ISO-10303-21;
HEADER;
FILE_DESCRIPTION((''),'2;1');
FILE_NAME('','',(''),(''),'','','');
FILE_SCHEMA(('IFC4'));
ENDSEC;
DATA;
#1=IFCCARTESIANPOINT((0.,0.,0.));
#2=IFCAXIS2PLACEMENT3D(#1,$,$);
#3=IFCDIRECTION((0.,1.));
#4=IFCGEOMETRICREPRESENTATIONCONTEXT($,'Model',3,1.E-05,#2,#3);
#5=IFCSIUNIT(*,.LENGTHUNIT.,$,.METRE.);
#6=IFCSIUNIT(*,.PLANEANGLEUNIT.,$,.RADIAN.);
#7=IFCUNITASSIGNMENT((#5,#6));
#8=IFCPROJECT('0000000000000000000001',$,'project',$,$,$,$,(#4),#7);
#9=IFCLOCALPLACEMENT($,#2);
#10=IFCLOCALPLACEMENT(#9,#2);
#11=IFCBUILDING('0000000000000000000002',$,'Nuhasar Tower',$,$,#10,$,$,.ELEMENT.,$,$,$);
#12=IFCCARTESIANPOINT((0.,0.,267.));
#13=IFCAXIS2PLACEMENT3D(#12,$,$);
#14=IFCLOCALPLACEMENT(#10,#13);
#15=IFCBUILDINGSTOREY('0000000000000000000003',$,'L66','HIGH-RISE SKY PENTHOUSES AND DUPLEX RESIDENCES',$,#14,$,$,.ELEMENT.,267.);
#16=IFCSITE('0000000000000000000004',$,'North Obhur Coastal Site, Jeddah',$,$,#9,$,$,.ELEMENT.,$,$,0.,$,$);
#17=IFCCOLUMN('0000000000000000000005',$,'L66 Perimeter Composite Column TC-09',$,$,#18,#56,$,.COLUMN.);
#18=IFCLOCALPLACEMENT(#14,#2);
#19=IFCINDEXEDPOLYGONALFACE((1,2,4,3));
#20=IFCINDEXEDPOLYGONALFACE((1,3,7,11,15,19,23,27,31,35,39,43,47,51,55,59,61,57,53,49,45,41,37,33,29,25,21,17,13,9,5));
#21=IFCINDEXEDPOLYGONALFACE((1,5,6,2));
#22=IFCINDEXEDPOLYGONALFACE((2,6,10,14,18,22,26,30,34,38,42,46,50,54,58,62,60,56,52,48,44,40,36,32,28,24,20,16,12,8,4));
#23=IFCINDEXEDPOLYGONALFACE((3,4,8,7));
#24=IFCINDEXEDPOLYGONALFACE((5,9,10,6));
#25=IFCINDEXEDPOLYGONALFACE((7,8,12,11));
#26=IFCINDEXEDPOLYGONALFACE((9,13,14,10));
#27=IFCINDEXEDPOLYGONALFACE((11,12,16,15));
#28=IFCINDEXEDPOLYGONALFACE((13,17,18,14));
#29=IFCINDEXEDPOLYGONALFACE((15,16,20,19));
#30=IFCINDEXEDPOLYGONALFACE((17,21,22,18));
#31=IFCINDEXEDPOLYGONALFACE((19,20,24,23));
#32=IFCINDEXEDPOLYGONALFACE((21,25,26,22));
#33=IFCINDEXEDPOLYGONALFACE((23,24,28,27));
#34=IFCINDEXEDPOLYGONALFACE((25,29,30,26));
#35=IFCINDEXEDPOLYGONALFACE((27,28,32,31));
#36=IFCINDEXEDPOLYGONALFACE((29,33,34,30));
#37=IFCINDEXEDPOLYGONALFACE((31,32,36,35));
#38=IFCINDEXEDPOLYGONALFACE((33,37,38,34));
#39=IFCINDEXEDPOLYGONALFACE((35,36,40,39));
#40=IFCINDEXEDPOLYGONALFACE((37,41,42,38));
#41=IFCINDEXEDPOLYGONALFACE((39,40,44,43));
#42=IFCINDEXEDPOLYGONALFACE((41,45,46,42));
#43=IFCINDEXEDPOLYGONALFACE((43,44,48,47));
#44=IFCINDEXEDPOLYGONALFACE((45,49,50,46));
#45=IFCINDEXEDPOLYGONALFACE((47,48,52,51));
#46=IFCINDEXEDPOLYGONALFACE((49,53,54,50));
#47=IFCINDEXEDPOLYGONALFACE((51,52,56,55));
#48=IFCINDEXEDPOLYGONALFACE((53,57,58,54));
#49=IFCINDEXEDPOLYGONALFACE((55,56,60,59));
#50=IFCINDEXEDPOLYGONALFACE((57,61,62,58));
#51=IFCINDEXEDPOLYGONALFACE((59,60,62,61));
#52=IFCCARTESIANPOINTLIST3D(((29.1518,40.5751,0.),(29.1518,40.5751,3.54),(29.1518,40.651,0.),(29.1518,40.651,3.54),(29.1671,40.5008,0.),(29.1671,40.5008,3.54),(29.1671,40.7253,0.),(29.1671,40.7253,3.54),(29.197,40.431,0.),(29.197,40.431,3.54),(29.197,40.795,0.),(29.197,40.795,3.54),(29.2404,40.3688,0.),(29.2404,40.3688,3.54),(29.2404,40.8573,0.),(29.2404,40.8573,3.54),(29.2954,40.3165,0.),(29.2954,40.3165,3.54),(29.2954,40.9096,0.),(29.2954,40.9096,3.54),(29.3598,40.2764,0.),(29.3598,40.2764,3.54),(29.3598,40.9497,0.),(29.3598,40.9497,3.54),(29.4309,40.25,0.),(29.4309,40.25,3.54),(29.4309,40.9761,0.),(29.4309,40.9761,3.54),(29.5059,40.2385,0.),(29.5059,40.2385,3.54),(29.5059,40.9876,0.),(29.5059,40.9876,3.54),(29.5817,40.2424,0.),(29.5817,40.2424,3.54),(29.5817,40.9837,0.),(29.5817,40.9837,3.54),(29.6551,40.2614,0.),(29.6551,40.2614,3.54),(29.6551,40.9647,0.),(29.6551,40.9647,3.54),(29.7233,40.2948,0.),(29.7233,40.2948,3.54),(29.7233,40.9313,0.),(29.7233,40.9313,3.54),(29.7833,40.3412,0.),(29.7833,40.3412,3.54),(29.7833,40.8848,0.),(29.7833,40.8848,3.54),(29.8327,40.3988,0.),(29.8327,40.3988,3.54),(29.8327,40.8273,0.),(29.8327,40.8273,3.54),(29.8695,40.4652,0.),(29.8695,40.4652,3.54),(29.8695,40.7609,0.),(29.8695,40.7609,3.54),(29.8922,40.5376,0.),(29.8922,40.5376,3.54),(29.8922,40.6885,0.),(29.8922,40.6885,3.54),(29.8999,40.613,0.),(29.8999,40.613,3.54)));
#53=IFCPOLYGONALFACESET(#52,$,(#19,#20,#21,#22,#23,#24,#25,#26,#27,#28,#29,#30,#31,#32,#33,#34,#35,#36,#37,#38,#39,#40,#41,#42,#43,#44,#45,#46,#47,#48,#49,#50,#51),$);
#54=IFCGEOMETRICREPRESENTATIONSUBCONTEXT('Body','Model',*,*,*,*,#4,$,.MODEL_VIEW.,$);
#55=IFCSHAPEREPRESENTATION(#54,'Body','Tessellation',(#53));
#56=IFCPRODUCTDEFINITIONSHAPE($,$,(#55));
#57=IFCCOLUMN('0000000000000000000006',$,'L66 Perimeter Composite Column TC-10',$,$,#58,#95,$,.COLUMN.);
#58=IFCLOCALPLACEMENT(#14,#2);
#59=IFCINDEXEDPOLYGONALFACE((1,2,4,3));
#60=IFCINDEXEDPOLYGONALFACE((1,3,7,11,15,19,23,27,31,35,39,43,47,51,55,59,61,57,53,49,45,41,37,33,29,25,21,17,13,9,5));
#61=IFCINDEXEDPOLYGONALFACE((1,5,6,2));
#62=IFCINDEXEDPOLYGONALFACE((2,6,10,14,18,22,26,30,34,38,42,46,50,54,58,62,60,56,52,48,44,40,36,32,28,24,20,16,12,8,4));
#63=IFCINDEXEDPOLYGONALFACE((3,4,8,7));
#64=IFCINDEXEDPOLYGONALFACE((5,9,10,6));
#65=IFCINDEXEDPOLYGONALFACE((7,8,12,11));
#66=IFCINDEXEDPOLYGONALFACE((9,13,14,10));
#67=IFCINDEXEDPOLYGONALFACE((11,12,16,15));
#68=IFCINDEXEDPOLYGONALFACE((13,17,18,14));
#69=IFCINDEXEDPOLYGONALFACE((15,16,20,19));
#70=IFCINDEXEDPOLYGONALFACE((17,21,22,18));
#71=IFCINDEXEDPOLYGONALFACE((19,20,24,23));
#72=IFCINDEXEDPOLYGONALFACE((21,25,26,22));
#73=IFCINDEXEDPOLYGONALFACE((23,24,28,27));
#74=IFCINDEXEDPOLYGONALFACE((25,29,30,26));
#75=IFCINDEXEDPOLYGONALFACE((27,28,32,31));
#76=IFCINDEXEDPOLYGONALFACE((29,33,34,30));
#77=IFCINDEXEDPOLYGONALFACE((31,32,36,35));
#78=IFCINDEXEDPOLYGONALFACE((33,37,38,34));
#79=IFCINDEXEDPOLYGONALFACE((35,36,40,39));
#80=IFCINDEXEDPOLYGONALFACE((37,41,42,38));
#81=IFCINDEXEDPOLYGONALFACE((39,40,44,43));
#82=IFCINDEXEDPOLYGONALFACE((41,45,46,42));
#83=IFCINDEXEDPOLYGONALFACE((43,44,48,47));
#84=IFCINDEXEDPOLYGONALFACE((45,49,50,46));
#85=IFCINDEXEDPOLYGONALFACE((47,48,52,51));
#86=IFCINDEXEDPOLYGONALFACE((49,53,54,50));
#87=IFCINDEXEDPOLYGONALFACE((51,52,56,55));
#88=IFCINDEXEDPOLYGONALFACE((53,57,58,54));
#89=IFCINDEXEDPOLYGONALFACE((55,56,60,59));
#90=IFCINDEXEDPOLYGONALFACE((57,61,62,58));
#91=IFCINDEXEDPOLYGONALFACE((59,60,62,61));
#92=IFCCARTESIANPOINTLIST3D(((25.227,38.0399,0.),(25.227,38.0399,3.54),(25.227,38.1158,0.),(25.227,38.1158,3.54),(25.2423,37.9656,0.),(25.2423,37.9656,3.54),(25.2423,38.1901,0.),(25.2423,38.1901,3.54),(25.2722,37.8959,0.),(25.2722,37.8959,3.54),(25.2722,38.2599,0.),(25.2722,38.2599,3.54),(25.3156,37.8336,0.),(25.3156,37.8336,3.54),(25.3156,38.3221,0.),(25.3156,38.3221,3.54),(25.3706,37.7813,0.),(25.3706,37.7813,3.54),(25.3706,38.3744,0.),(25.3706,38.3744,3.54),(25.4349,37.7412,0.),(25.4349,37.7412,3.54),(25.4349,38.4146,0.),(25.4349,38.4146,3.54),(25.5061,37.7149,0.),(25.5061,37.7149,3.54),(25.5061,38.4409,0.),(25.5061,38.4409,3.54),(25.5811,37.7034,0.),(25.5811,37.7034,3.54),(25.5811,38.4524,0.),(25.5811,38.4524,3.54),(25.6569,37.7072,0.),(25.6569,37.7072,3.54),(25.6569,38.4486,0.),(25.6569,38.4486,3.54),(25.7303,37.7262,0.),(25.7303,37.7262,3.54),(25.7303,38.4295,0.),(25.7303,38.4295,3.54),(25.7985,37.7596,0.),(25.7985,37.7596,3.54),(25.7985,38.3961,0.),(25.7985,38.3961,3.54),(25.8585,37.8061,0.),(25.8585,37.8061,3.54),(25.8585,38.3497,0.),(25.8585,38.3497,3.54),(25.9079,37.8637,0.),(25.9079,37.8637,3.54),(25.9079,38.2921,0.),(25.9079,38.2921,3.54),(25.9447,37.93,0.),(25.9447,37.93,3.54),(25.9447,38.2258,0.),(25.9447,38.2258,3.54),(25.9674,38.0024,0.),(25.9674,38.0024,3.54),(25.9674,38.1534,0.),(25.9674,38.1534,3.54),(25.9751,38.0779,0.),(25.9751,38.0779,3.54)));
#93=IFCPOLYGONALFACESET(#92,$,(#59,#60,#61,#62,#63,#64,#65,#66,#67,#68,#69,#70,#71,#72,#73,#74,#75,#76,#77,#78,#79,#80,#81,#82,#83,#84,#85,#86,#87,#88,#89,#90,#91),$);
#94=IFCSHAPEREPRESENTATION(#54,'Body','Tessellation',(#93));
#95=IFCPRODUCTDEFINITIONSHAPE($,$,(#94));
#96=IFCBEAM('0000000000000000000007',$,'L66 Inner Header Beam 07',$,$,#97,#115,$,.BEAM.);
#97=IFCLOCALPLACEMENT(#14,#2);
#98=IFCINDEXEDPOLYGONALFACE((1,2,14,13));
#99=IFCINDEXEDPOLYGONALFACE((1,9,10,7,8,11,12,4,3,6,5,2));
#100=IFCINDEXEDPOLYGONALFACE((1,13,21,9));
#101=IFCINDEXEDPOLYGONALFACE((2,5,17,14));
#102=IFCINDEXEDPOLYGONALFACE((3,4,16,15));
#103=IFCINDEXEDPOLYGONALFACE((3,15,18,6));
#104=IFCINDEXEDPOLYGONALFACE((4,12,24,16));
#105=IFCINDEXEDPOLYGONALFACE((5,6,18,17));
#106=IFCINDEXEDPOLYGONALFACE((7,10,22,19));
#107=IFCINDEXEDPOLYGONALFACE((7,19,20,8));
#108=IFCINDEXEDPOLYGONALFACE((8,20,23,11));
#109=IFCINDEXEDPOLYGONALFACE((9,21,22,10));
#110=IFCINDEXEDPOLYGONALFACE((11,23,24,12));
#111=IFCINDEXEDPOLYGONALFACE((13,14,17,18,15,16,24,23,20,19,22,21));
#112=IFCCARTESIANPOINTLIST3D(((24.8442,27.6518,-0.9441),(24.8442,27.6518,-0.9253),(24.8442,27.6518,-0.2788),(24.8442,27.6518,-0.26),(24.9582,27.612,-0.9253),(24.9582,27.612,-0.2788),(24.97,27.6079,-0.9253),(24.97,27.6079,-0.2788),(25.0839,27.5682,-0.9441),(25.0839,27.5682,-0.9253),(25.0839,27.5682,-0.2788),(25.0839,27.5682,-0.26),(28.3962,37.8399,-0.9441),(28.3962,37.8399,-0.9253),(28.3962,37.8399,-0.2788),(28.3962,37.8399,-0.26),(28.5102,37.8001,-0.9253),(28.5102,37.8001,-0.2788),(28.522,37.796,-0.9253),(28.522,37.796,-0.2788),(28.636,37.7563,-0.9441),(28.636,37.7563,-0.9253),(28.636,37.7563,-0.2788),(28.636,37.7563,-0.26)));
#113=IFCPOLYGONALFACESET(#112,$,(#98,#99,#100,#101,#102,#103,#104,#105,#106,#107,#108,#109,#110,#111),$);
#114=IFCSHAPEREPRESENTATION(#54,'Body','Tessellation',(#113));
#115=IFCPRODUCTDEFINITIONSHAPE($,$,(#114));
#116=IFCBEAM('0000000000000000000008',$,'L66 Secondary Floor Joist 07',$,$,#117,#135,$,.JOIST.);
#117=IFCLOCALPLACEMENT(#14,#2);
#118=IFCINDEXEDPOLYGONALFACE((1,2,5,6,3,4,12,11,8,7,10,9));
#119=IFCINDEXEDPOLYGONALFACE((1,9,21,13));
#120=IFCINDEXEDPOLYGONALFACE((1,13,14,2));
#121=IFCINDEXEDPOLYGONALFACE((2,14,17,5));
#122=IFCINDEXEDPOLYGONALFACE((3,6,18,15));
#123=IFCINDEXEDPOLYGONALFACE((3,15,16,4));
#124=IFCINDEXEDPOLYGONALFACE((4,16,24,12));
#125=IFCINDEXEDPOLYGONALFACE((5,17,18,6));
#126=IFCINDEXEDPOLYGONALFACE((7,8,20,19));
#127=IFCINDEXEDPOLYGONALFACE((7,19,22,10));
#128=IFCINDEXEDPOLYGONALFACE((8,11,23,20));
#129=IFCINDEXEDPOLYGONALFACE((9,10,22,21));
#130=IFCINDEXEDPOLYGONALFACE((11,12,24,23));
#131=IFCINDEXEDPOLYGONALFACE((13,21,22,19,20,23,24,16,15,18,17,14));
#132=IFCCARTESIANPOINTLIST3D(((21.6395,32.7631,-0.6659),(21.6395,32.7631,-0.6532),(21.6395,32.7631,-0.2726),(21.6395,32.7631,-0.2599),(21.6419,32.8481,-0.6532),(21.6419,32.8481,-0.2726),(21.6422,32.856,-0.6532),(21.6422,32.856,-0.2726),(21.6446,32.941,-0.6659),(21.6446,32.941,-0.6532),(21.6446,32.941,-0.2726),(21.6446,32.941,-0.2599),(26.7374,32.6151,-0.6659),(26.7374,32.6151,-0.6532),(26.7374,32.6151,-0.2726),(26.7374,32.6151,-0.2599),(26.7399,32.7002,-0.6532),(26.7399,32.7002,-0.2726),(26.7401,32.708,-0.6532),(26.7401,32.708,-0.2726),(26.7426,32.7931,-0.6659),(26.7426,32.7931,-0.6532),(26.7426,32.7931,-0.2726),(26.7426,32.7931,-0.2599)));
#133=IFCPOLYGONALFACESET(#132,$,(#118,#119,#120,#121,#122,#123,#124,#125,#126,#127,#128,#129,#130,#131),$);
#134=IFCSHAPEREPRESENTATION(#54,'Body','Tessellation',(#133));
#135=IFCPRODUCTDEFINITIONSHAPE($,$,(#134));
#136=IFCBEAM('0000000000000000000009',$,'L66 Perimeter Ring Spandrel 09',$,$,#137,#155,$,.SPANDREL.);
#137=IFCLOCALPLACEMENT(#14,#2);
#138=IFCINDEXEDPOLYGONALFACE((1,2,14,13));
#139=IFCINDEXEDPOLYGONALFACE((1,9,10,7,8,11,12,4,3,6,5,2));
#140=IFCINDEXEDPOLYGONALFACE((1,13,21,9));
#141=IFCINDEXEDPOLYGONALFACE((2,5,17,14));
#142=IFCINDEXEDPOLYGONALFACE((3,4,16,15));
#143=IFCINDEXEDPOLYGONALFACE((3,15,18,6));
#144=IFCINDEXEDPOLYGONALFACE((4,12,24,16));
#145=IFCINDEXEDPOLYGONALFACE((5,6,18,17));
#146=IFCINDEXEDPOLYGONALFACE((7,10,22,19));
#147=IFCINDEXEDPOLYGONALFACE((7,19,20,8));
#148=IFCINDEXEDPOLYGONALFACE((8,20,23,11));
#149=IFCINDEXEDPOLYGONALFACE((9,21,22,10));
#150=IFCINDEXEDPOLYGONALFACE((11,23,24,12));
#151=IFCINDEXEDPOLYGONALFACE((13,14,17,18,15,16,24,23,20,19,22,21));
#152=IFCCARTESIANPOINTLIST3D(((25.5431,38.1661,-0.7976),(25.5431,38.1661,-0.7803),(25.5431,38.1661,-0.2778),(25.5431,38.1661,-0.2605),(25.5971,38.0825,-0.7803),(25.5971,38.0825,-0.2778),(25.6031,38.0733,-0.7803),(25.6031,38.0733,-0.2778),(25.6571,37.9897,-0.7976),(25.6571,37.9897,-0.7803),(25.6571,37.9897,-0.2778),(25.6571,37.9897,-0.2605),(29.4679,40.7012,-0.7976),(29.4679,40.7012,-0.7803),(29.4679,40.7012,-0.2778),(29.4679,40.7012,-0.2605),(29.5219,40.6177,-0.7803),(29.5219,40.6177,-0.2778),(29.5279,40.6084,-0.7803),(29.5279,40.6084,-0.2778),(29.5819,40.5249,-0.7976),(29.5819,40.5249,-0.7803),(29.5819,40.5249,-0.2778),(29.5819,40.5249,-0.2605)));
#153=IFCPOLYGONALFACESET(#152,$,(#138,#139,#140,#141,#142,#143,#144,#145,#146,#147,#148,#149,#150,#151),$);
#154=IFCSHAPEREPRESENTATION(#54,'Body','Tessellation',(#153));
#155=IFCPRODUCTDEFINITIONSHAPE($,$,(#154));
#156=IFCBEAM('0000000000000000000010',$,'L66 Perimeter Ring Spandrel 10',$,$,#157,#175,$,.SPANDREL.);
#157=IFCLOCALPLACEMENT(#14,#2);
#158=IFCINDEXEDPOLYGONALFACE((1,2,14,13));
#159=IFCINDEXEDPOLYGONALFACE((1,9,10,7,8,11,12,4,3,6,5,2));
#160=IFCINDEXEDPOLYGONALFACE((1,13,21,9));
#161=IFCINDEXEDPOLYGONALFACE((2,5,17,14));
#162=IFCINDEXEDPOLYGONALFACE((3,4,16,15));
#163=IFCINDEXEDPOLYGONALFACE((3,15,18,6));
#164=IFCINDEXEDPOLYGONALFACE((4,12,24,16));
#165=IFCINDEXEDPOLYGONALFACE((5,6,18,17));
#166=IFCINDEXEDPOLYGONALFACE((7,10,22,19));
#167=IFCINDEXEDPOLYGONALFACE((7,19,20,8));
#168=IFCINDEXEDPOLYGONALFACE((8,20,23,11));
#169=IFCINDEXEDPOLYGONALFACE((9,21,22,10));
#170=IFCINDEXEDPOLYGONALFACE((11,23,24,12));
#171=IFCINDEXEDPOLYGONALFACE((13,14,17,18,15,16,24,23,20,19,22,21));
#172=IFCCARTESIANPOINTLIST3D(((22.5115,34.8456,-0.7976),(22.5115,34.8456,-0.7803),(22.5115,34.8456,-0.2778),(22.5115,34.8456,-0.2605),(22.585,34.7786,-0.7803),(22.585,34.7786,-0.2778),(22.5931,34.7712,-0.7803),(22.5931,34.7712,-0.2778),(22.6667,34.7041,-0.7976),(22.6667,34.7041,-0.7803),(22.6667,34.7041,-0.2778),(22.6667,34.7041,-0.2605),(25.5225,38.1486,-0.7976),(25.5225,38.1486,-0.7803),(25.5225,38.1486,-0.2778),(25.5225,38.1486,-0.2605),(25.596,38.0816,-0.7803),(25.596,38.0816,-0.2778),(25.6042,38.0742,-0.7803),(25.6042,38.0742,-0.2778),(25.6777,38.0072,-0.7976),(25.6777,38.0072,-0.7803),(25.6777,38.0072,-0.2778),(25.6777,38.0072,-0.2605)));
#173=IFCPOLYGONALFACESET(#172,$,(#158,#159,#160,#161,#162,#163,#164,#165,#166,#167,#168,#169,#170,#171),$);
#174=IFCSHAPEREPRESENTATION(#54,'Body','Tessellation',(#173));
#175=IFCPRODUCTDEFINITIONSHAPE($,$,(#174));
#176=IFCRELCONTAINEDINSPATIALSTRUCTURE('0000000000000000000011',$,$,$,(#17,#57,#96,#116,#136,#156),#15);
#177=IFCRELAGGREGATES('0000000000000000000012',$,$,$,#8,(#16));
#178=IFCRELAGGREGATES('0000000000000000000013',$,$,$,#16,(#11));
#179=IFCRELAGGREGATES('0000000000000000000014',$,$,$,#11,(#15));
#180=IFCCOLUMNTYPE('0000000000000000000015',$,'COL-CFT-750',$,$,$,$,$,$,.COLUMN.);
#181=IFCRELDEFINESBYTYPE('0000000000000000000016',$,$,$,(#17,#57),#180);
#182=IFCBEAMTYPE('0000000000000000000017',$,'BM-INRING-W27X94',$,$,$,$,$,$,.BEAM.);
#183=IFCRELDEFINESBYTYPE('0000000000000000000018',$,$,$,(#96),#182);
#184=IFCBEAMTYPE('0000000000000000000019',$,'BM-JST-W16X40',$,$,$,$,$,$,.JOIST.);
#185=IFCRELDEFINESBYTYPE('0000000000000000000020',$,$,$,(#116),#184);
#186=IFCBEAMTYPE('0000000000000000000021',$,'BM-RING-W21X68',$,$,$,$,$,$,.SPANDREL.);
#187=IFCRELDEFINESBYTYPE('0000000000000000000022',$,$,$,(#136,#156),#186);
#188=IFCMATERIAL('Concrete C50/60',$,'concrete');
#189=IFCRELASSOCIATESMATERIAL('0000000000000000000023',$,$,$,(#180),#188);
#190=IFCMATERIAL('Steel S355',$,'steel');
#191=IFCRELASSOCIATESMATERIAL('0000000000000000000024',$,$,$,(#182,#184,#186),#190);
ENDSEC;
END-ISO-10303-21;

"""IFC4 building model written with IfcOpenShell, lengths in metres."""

from ifc_helpers import new_model, si_unit, direction, frame, origin, origin_2d, place, context, subcontext, project, spatial, circle, i_section, extrude, material, material_profile, profile_set, type_object, element, save


model = new_model("IFC4")

# Units and contexts
model_context = context("Model", 3, precision=1e-05, world=origin(), true_north=direction((0.0, 1.0)))
body_context = subcontext(model_context, "Body", "Model", "MODEL_VIEW")
ifc_project = project(units=[si_unit("LENGTHUNIT", "METRE"), si_unit("PLANEANGLEUNIT", "RADIAN")], contexts=[model_context])

# Site, building, storey
site_placement = place(None, origin())
site = spatial("IfcSite", under=ifc_project, at=site_placement, Name="North Obhur Coastal Site, Jeddah", CompositionType="ELEMENT", RefElevation=0.0)
building_placement = place(site_placement, origin())
building = spatial("IfcBuilding", under=site, at=building_placement, Name="Nuhasar Tower", CompositionType="ELEMENT")
storey_placement = place(building_placement, frame((0.0, 0.0, 267.0)))
storey = spatial("IfcBuildingStorey", under=building, at=storey_placement, Name="L66", Description="HIGH-RISE SKY PENTHOUSES AND DUPLEX RESIDENCES", CompositionType="ELEMENT", Elevation=267.0)

# Columns
ifc_material_1 = material(Name="Concrete C50/60", Category="concrete")
ifc_material_profile_1 = material_profile(ifc_material_1, circle(Radius=0.375, at=origin_2d()), Name="CFT750")
ifc_profile_set_1 = profile_set([ifc_material_profile_1], Name="Concrete C50/60")
column_type = type_object("IfcColumnType", Name="COL-CFT-750", PredefinedType="COLUMN", material=ifc_profile_set_1)
for number, where, z_axis, x_axis, name in (
    (1, (29.5249, 40.613, 0.0), (0.0, 0.0, 1.0), (1.0, 0.0, 0.0), "L66 Perimeter Composite Column TC-09"),
    (2, (25.6001, 38.0779, 0.0), (0.0, 0.0, 1.0), (1.0, 0.0, 0.0), "L66 Perimeter Composite Column TC-10"),
):
    element("IfcColumn", number, at=place(storey_placement, frame(where, z_axis=z_axis, x_axis=x_axis)), inside=storey, type_object=column_type, Name=name, PredefinedType="COLUMN", context=body_context, shape_type="SweptSolid", body=[
        extrude(circle(Radius=0.375, at=origin_2d()), origin(), (0.0, 0.0, 1.0), 3.54),
    ])

# Beams
ifc_material_2 = material(Name="Steel S355", Category="steel")
ifc_material_profile_2 = material_profile(ifc_material_2, i_section(OverallWidth=0.2539, OverallDepth=0.6841, WebThickness=0.0125, FlangeThickness=0.0188, at=origin_2d()), Name="W27X94")
ifc_profile_set_2 = profile_set([ifc_material_profile_2], Name="Steel S355")
beam_type_1 = type_object("IfcBeamType", Name="BM-INRING-W27X94", PredefinedType="BEAM", material=ifc_profile_set_2)
beam_1_placement = place(storey_placement, frame((28.5161, 37.7981, -0.6021), z_axis=(-0.329211, -0.944256, 0.0), x_axis=(0.944256, -0.329211, 0.0)))
element("IfcBeam", 3, at=beam_1_placement, inside=storey, type_object=beam_type_1, Name="L66 Inner Header Beam 07", PredefinedType="BEAM", context=body_context, shape_type="SweptSolid", body=[
    extrude(i_section(OverallWidth=0.2539, OverallDepth=0.6841, WebThickness=0.0125, FlangeThickness=0.0188, at=origin_2d()), origin(), (0.0, 0.0, 1.0), 10.7896),
])
ifc_material_profile_3 = material_profile(ifc_material_2, i_section(OverallWidth=0.178, OverallDepth=0.406, WebThickness=0.0078, FlangeThickness=0.0127, at=origin_2d()), Name="W16X40")
ifc_profile_set_3 = profile_set([ifc_material_profile_3], Name="Steel S355")
beam_type_2 = type_object("IfcBeamType", Name="BM-JST-W16X40", PredefinedType="JOIST", material=ifc_profile_set_3)
beam_2_placement = place(storey_placement, frame((26.74, 32.7041, -0.4629), z_axis=(-0.999579, 0.029009, 0.0), x_axis=(-0.029009, -0.999579, 0.0)))
element("IfcBeam", 4, at=beam_2_placement, inside=storey, type_object=beam_type_2, Name="L66 Secondary Floor Joist 07", PredefinedType="JOIST", context=body_context, shape_type="SweptSolid", body=[
    extrude(i_section(OverallWidth=0.178, OverallDepth=0.406, WebThickness=0.0078, FlangeThickness=0.0127, at=origin_2d()), origin(), (0.0, 0.0, 1.0), 5.1001),
])
ifc_material_profile_4 = material_profile(ifc_material_2, i_section(OverallWidth=0.21, OverallDepth=0.5371, WebThickness=0.011, FlangeThickness=0.0173, at=origin_2d()), Name="W21X68")
ifc_profile_set_4 = profile_set([ifc_material_profile_4], Name="Steel S355")
beam_type_3 = type_object("IfcBeamType", Name="BM-RING-W21X68", PredefinedType="SPANDREL", material=ifc_profile_set_4)
beam_3_placement = place(storey_placement, frame((29.5249, 40.613, -0.5291), z_axis=(-0.840002, -0.542584, 0.0), x_axis=(0.542584, -0.840002, 0.0)))
element("IfcBeam", 5, at=beam_3_placement, inside=storey, type_object=beam_type_3, Name="L66 Perimeter Ring Spandrel 09", PredefinedType="SPANDREL", context=body_context, shape_type="SweptSolid", body=[
    extrude(i_section(OverallWidth=0.21, OverallDepth=0.5371, WebThickness=0.011, FlangeThickness=0.0173, at=origin_2d()), origin(), (0.0, 0.0, 1.0), 4.6724),
])
beam_4_placement = place(storey_placement, frame((25.6001, 38.0779, -0.5291), z_axis=(-0.673686, -0.739017, 0.0), x_axis=(0.739017, -0.673686, 0.0)))
element("IfcBeam", 6, at=beam_4_placement, inside=storey, type_object=beam_type_3, Name="L66 Perimeter Ring Spandrel 10", PredefinedType="SPANDREL", context=body_context, shape_type="SweptSolid", body=[
    extrude(i_section(OverallWidth=0.21, OverallDepth=0.5371, WebThickness=0.011, FlangeThickness=0.0173, at=origin_2d()), origin(), (0.0, 0.0, 1.0), 4.4695),
])

save(model, "model.ifc")
